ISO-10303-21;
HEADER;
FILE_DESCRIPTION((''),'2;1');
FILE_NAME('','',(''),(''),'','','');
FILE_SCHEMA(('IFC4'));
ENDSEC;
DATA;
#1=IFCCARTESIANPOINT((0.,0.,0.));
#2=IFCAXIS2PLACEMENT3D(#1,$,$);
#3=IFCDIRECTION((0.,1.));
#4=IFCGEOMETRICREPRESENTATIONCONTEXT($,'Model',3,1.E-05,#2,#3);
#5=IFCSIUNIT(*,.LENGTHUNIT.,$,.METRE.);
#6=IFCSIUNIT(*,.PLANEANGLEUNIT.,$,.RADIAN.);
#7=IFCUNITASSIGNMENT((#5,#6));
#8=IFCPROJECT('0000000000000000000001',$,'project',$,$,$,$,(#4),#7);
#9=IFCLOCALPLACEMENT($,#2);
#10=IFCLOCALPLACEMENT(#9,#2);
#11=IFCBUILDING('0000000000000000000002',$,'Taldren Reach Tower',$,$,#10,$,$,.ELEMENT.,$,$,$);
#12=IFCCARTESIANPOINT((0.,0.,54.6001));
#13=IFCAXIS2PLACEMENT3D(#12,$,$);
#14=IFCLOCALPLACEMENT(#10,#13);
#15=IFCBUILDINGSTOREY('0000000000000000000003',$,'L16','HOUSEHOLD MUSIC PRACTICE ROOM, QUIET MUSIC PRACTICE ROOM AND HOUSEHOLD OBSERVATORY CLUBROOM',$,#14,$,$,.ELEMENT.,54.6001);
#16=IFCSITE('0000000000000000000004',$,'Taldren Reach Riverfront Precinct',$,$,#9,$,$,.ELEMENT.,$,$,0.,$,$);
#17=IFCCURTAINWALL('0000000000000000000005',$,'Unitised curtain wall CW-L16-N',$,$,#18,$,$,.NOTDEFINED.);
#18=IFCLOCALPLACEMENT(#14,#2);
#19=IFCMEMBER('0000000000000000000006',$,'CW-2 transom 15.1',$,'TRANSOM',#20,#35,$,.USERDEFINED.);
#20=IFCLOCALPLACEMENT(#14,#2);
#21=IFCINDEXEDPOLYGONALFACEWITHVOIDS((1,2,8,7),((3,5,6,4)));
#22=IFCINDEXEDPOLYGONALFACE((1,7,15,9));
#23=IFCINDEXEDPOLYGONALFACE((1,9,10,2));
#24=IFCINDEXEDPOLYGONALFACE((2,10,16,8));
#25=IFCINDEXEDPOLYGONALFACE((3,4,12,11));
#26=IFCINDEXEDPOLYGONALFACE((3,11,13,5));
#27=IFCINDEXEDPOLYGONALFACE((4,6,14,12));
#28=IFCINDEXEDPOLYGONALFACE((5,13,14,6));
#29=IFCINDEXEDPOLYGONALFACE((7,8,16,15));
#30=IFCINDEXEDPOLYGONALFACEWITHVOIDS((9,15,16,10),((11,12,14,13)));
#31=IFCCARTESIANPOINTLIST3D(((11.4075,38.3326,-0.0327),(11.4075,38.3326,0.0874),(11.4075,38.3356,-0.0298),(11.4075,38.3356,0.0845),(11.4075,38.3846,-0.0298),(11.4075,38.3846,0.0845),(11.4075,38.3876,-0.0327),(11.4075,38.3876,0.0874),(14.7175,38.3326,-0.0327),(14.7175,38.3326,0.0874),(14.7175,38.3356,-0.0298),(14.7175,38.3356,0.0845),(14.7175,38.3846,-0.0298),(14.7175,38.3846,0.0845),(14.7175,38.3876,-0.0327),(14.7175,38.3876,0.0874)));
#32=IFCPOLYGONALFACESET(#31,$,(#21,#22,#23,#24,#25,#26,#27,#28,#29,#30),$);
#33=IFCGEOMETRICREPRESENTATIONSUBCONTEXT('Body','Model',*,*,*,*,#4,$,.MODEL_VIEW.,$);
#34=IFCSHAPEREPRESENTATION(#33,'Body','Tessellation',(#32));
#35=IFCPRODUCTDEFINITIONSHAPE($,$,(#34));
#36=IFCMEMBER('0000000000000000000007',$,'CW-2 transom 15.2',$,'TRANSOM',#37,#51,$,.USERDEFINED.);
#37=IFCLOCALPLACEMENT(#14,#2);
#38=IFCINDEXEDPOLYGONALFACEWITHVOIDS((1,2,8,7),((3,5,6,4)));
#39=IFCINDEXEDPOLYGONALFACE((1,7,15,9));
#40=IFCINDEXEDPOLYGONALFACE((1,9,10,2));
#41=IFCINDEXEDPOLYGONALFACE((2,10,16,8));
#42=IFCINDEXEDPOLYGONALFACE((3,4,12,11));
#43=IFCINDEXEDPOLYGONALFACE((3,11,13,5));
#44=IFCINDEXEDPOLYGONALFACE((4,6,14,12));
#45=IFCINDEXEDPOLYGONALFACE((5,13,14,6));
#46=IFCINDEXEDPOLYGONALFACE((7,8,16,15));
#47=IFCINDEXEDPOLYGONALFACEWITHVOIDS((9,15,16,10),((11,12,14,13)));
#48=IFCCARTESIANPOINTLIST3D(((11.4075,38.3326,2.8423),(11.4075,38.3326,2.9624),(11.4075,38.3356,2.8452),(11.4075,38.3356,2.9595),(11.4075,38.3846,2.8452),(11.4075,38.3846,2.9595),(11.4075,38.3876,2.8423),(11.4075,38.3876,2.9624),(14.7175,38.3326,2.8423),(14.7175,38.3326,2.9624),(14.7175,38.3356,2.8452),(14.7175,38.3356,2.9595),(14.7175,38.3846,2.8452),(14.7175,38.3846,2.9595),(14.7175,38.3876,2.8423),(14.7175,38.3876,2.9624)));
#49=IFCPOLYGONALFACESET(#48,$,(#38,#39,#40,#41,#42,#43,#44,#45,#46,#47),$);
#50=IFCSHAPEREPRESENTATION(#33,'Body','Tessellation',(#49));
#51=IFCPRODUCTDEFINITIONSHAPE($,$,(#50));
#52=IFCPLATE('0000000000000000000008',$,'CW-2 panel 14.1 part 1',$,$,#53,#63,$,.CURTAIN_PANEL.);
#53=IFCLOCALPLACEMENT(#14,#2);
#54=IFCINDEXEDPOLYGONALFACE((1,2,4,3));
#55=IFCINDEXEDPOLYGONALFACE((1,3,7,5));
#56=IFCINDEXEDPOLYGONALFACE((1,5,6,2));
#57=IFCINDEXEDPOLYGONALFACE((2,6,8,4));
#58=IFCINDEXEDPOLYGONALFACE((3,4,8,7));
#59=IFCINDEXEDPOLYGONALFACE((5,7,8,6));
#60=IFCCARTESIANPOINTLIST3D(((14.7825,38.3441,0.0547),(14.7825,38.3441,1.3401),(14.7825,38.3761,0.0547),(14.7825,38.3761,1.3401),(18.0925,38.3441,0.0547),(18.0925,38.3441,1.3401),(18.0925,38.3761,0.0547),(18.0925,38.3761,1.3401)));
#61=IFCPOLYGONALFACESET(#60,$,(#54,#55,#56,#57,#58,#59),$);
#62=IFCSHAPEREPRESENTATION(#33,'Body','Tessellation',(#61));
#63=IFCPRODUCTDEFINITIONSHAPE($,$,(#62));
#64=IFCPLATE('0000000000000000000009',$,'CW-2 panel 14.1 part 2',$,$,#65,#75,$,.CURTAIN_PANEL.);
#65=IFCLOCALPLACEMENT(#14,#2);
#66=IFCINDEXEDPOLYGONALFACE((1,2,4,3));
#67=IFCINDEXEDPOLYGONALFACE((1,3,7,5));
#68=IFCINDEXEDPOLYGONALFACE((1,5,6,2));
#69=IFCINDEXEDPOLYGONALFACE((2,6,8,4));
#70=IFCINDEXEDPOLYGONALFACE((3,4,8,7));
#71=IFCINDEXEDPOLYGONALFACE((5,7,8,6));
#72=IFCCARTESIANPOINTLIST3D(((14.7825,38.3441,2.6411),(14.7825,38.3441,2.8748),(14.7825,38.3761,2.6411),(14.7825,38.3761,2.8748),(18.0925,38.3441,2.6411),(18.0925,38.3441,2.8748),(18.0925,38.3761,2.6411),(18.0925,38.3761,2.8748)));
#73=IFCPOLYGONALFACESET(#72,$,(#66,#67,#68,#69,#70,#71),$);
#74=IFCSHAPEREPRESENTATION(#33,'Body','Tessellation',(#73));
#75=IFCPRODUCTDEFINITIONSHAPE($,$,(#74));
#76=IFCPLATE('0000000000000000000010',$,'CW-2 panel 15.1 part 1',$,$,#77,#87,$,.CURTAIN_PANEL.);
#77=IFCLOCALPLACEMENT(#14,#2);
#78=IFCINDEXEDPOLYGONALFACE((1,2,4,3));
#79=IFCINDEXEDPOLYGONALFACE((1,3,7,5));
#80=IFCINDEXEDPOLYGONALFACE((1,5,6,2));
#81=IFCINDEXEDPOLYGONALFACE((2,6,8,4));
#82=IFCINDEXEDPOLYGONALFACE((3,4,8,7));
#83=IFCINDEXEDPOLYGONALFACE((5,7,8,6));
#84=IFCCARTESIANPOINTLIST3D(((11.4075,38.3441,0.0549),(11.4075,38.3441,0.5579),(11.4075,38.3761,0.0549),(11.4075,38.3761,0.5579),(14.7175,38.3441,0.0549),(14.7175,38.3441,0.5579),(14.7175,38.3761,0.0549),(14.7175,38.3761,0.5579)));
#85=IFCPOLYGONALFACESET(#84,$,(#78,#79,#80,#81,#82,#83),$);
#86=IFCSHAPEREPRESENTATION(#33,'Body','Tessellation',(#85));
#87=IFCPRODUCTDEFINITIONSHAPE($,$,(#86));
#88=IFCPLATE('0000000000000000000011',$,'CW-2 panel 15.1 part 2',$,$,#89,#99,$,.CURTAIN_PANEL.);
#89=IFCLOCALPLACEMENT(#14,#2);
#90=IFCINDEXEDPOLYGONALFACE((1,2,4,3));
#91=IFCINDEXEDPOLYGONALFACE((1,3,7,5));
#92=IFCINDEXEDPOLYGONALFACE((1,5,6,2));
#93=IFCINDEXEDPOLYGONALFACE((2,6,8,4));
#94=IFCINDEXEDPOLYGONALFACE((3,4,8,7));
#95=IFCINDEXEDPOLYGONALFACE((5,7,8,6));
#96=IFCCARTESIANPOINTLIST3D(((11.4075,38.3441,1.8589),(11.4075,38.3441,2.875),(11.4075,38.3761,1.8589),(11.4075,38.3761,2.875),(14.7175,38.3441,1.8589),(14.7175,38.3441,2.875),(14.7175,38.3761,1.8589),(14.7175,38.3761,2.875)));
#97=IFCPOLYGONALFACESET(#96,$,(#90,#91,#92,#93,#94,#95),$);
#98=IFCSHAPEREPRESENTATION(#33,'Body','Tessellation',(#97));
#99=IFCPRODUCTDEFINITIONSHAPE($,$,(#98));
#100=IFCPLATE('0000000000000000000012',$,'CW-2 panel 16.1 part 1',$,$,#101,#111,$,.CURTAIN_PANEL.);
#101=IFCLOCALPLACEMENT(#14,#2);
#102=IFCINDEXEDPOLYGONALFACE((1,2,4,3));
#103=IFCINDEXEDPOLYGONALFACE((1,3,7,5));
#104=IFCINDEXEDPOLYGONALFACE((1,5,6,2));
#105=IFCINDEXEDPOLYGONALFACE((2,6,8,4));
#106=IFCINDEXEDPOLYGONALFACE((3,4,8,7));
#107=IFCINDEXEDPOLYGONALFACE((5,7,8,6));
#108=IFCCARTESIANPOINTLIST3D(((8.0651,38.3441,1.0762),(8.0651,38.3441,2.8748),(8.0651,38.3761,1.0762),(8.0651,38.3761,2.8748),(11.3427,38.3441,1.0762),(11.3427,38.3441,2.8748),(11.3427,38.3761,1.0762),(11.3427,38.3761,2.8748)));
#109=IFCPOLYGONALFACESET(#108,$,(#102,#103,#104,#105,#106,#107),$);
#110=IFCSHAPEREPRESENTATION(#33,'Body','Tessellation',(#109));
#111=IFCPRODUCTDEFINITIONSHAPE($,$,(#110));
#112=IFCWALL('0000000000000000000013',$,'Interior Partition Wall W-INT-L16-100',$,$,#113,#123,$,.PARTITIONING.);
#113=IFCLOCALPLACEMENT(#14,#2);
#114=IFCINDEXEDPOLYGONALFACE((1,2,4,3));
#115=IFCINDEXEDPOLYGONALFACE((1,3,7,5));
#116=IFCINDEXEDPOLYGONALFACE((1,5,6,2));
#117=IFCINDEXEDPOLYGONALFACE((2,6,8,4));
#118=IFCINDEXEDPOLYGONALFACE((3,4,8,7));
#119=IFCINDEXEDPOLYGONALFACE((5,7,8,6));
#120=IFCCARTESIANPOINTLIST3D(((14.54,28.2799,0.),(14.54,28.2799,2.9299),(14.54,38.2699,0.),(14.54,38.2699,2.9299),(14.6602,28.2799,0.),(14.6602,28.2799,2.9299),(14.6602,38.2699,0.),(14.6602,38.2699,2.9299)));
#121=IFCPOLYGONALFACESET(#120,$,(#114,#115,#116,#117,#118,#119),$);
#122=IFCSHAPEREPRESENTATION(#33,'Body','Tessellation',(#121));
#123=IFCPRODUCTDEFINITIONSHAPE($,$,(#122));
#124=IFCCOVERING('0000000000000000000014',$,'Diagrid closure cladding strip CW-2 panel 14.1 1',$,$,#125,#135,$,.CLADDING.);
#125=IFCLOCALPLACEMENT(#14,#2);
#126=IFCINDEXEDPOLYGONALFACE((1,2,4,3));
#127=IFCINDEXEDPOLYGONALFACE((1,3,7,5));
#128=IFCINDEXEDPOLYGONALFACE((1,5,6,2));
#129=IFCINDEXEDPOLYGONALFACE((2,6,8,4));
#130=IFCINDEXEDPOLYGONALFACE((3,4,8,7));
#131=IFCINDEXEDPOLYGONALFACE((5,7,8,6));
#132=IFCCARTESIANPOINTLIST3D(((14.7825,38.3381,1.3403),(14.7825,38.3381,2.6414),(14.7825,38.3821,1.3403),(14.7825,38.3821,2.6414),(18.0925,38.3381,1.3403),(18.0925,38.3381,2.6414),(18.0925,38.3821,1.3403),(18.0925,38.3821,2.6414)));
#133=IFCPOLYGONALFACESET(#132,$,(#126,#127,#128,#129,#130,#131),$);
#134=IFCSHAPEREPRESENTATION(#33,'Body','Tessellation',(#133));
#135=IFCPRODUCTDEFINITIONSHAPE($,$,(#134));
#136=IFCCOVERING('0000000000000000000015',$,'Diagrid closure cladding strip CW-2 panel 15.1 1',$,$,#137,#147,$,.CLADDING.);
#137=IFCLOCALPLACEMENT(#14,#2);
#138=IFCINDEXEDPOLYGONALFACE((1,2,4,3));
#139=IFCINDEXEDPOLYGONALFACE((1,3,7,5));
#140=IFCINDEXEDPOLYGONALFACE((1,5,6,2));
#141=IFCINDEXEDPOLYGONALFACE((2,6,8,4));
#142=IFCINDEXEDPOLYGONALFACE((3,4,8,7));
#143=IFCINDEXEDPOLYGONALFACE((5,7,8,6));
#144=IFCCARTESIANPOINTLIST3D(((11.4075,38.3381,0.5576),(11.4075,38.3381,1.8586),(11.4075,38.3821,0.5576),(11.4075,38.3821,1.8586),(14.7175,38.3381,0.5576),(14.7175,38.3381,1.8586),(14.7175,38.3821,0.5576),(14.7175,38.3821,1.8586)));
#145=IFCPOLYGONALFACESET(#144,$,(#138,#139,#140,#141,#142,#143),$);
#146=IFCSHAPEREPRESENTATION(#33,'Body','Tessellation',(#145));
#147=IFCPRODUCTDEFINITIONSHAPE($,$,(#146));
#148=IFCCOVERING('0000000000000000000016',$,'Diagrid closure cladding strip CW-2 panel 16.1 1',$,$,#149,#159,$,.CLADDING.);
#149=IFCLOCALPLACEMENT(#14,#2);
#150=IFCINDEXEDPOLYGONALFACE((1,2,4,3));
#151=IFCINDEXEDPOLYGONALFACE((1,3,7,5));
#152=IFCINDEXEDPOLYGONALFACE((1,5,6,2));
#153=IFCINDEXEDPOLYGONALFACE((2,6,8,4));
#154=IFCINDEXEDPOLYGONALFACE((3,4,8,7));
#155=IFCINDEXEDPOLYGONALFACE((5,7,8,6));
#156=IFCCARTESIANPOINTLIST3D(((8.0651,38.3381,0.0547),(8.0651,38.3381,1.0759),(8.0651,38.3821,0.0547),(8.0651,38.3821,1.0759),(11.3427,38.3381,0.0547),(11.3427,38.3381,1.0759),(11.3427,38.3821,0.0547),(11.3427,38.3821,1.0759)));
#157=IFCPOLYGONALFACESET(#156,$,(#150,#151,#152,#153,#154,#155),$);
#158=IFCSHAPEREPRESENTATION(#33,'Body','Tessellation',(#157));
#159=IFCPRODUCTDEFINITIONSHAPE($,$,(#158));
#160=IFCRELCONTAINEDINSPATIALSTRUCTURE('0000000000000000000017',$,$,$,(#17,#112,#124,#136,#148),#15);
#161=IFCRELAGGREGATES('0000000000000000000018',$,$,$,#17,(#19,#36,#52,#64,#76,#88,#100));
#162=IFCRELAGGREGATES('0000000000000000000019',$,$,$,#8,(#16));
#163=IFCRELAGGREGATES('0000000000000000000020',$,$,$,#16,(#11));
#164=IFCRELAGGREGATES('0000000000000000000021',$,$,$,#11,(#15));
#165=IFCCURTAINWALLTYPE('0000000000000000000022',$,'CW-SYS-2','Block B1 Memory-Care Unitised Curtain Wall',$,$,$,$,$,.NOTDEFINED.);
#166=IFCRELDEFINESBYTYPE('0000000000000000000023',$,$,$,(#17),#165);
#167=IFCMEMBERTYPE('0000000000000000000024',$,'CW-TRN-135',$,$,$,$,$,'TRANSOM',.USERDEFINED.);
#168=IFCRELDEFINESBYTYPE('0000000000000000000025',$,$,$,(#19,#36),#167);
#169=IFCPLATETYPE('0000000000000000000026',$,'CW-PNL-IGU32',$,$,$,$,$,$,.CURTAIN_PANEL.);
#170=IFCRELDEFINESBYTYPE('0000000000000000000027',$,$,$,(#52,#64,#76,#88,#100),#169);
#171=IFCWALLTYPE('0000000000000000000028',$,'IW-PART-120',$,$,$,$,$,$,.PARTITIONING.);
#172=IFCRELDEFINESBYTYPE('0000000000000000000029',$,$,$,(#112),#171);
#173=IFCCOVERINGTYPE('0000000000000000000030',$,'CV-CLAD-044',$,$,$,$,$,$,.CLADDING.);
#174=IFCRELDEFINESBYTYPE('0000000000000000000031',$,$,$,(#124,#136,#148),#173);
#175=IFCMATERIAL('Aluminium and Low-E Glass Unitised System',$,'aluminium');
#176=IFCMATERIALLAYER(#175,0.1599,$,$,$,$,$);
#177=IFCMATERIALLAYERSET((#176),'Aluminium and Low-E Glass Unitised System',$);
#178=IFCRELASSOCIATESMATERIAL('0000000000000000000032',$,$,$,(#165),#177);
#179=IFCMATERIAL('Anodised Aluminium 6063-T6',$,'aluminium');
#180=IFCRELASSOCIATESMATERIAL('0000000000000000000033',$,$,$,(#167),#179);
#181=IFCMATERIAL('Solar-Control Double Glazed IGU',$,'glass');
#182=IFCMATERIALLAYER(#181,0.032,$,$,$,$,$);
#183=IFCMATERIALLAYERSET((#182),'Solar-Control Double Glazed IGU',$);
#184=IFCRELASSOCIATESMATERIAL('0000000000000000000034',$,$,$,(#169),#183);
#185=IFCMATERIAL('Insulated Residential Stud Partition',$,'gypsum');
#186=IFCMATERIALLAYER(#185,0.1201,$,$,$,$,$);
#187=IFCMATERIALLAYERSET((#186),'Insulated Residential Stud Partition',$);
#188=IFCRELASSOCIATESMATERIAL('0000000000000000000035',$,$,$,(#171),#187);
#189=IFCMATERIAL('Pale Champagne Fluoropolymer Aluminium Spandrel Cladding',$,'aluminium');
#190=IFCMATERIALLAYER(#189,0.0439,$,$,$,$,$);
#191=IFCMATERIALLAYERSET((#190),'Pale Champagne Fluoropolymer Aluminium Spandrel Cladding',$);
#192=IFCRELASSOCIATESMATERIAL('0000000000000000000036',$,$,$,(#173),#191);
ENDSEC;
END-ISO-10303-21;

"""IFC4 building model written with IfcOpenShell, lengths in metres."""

from ifc_helpers import new_model, si_unit, direction, frame, frame_2d, origin, origin_2d, place, context, subcontext, project, spatial, rectangle, hollow_rectangle, extrude, source, transform, mapped, material, layer, layer_set, material_profile, profile_set, type_object, element, aggregate, save


model = new_model("IFC4")

# Units and contexts
model_context = context("Model", 3, precision=1e-05, world=origin(), true_north=direction((0.0, 1.0)))
body_context = subcontext(model_context, "Body", "Model", "MODEL_VIEW")
ifc_project = project(units=[si_unit("LENGTHUNIT", "METRE"), si_unit("PLANEANGLEUNIT", "RADIAN")], contexts=[model_context])

# Site, building, storey
site_placement = place(None, origin())
site = spatial("IfcSite", under=ifc_project, at=site_placement, Name="Taldren Reach Riverfront Precinct", CompositionType="ELEMENT", RefElevation=0.0)
building_placement = place(site_placement, origin())
building = spatial("IfcBuilding", under=site, at=building_placement, Name="Taldren Reach Tower", CompositionType="ELEMENT")
storey_placement = place(building_placement, frame((0.0, 0.0, 54.6001)))
storey = spatial("IfcBuildingStorey", under=building, at=storey_placement, Name="L16", Description="HOUSEHOLD MUSIC PRACTICE ROOM, QUIET MUSIC PRACTICE ROOM AND HOUSEHOLD OBSERVATORY CLUBROOM", CompositionType="ELEMENT", Elevation=54.6001)

# Curtain wall, members, plates
ifc_material_1 = material(Name="Aluminium and Low-E Glass Unitised System", Category="aluminium")
ifc_layer_1 = layer(ifc_material_1, 0.1599)
ifc_layer_set_1 = layer_set([ifc_layer_1], Name="Aluminium and Low-E Glass Unitised System")
curtain_wall_type = type_object("IfcCurtainWallType", Name="CW-SYS-2", Description="Block B1 Memory-Care Unitised Curtain Wall", PredefinedType="NOTDEFINED", material=ifc_layer_set_1)
curtain_wall_placement = place(storey_placement, origin())
curtain_wall = element("IfcCurtainWall", 1, at=curtain_wall_placement, inside=storey, type_object=curtain_wall_type, Name="Unitised curtain wall CW-L16-N", PredefinedType="NOTDEFINED")
ifc_material_2 = material(Name="Anodised Aluminium 6063-T6", Category="aluminium")
ifc_material_profile_1 = material_profile(ifc_material_2, hollow_rectangle(XDim=0.0549, YDim=0.1201, WallThickness=0.0029, at=origin_2d()), Name="ALU-120x55x3RHS")
ifc_profile_set_1 = profile_set([ifc_material_profile_1], Name="Anodised Aluminium 6063-T6")
member_type_1 = type_object("IfcMemberType", Name="CW-TRN-135", ElementType="TRANSOM", PredefinedType="USERDEFINED", material=ifc_profile_set_1)
shared_shape_1 = source(origin(), body_context, "Body", "SweptSolid", [
    extrude(hollow_rectangle(XDim=0.0549, YDim=0.1201, WallThickness=0.0029, at=origin_2d()), origin(), (0.0, 0.0, 1.0), 3.3101),
])
member_1_placement = place(storey_placement, frame((14.7175, 38.3601, 0.0273), z_axis=(-1.0, 0.0, 0.0), x_axis=(0.0, -1.0, 0.0)))
member_1 = element("IfcMember", 2, at=member_1_placement, type_object=member_type_1, Name="CW-2 transom 15.1", ObjectType="TRANSOM", PredefinedType="USERDEFINED", context=body_context, shape_type="MappedRepresentation", body=[
    mapped(shared_shape_1, transform((0.0, 0.0, 0.0), scale=1.0)),
])
member_2_placement = place(storey_placement, frame((14.7175, 38.3601, 2.9023), z_axis=(-1.0, 0.0, 0.0), x_axis=(0.0, -1.0, 0.0)))
member_2 = element("IfcMember", 3, at=member_2_placement, type_object=member_type_1, Name="CW-2 transom 15.2", ObjectType="TRANSOM", PredefinedType="USERDEFINED", context=body_context, shape_type="MappedRepresentation", body=[
    mapped(shared_shape_1, transform((0.0, 0.0, 0.0), scale=1.0)),
])
ifc_material_3 = material(Name="Solar-Control Double Glazed IGU", Category="glass")
ifc_layer_2 = layer(ifc_material_3, 0.032)
ifc_layer_set_2 = layer_set([ifc_layer_2], Name="Solar-Control Double Glazed IGU")
plate_type = type_object("IfcPlateType", Name="CW-PNL-IGU32", PredefinedType="CURTAIN_PANEL", material=ifc_layer_set_2)
shared_shape_2 = source(origin(), body_context, "Body", "SweptSolid", [
    extrude(rectangle(XDim=3.3101, YDim=0.032, at=origin_2d()), origin(), (0.0, 0.0, 1.0), 1.2854),
])
plate_1_placement = place(storey_placement, frame((16.4375, 38.3601, 0.0547), z_axis=(0.0, 0.0, 1.0), x_axis=(-1.0, 0.0, 0.0)))
plate_1 = element("IfcPlate", 4, at=plate_1_placement, type_object=plate_type, Name="CW-2 panel 14.1 part 1", PredefinedType="CURTAIN_PANEL", context=body_context, shape_type="MappedRepresentation", body=[
    mapped(shared_shape_2, transform((0.0, 0.0, 0.0), scale=1.0)),
])
shared_shape_3 = source(origin(), body_context, "Body", "SweptSolid", [
    extrude(rectangle(XDim=3.3101, YDim=0.032, at=origin_2d()), origin(), (0.0, 0.0, 1.0), 0.2336),
])
plate_2_placement = place(storey_placement, frame((16.4375, 38.3601, 2.6411), z_axis=(0.0, 0.0, 1.0), x_axis=(-1.0, 0.0, 0.0)))
plate_2 = element("IfcPlate", 5, at=plate_2_placement, type_object=plate_type, Name="CW-2 panel 14.1 part 2", PredefinedType="CURTAIN_PANEL", context=body_context, shape_type="MappedRepresentation", body=[
    mapped(shared_shape_3, transform((0.0, 0.0, 0.0), scale=1.0)),
])
shared_shape_4 = source(origin(), body_context, "Body", "SweptSolid", [
    extrude(rectangle(XDim=3.3101, YDim=0.032, at=origin_2d()), origin(), (0.0, 0.0, 1.0), 0.5029),
])
plate_3_placement = place(storey_placement, frame((13.0625, 38.3601, 0.0549), z_axis=(0.0, 0.0, 1.0), x_axis=(-1.0, 0.0, 0.0)))
plate_3 = element("IfcPlate", 6, at=plate_3_placement, type_object=plate_type, Name="CW-2 panel 15.1 part 1", PredefinedType="CURTAIN_PANEL", context=body_context, shape_type="MappedRepresentation", body=[
    mapped(shared_shape_4, transform((0.0, 0.0, 0.0), scale=1.0)),
])
shared_shape_5 = source(origin(), body_context, "Body", "SweptSolid", [
    extrude(rectangle(XDim=3.3101, YDim=0.032, at=origin_2d()), origin(), (0.0, 0.0, 1.0), 1.0161),
])
plate_4_placement = place(storey_placement, frame((13.0625, 38.3601, 1.8589), z_axis=(0.0, 0.0, 1.0), x_axis=(-1.0, 0.0, 0.0)))
plate_4 = element("IfcPlate", 7, at=plate_4_placement, type_object=plate_type, Name="CW-2 panel 15.1 part 2", PredefinedType="CURTAIN_PANEL", context=body_context, shape_type="MappedRepresentation", body=[
    mapped(shared_shape_5, transform((0.0, 0.0, 0.0), scale=1.0)),
])
shared_shape_6 = source(origin(), body_context, "Body", "SweptSolid", [
    extrude(rectangle(XDim=3.2776, YDim=0.032, at=origin_2d()), origin(), (0.0, 0.0, 1.0), 1.7986),
])
plate_5_placement = place(storey_placement, frame((9.7039, 38.3601, 1.0762), z_axis=(0.0, 0.0, 1.0), x_axis=(-1.0, 0.0, 0.0)))
plate_5 = element("IfcPlate", 8, at=plate_5_placement, type_object=plate_type, Name="CW-2 panel 16.1 part 1", PredefinedType="CURTAIN_PANEL", context=body_context, shape_type="MappedRepresentation", body=[
    mapped(shared_shape_6, transform((0.0, 0.0, 0.0), scale=1.0)),
])
aggregate(curtain_wall, [member_1, member_2, plate_1, plate_2, plate_3, plate_4, plate_5])

# Wall
ifc_material_4 = material(Name="Insulated Residential Stud Partition", Category="gypsum")
ifc_layer_3 = layer(ifc_material_4, 0.1201)
ifc_layer_set_3 = layer_set([ifc_layer_3], Name="Insulated Residential Stud Partition")
wall_type = type_object("IfcWallType", Name="IW-PART-120", PredefinedType="PARTITIONING", material=ifc_layer_set_3)
shared_shape_7 = source(origin(), body_context, "Body", "SweptSolid", [
    extrude(rectangle(XDim=9.99, YDim=0.1201, at=frame_2d((4.9951, 0.0))), origin(), (0.0, 0.0, 1.0), 2.9299),
])
wall_placement = place(storey_placement, frame((14.6001, 38.27, 0.0), z_axis=(0.0, 0.0, 1.0), x_axis=(0.0, -1.0, 0.0)))
element("IfcWall", 9, at=wall_placement, inside=storey, type_object=wall_type, Name="Interior Partition Wall W-INT-L16-100", PredefinedType="PARTITIONING", context=body_context, shape_type="MappedRepresentation", body=[
    mapped(shared_shape_7, transform((0.0, 0.0, 0.0), scale=1.0)),
])

# Coverings
ifc_material_5 = material(Name="Pale Champagne Fluoropolymer Aluminium Spandrel Cladding", Category="aluminium")
ifc_layer_4 = layer(ifc_material_5, 0.0439)
ifc_layer_set_4 = layer_set([ifc_layer_4], Name="Pale Champagne Fluoropolymer Aluminium Spandrel Cladding")
covering_type = type_object("IfcCoveringType", Name="CV-CLAD-044", PredefinedType="CLADDING", material=ifc_layer_set_4)
shared_shape_8 = source(origin(), body_context, "Body", "SweptSolid", [
    extrude(rectangle(XDim=3.3101, YDim=0.0439, at=origin_2d()), origin(), (0.0, 0.0, 1.0), 1.301),
])
for number, where, z_axis, x_axis, name in (
    (10, (16.4375, 38.3601, 1.3403), (0.0, 0.0, 1.0), (-1.0, 0.0, 0.0), "Diagrid closure cladding strip CW-2 panel 14.1 1"),
    (11, (13.0625, 38.3601, 0.5576), (0.0, 0.0, 1.0), (-1.0, 0.0, 0.0), "Diagrid closure cladding strip CW-2 panel 15.1 1"),
):
    element("IfcCovering", number, at=place(storey_placement, frame(where, z_axis=z_axis, x_axis=x_axis)), inside=storey, type_object=covering_type, Name=name, PredefinedType="CLADDING", context=body_context, shape_type="MappedRepresentation", body=[
        mapped(shared_shape_8, transform((0.0, 0.0, 0.0), scale=1.0)),
    ])
shared_shape_9 = source(origin(), body_context, "Body", "SweptSolid", [
    extrude(rectangle(XDim=3.2776, YDim=0.0439, at=origin_2d()), origin(), (0.0, 0.0, 1.0), 1.0212),
])
covering_placement = place(storey_placement, frame((9.7039, 38.3601, 0.0547), z_axis=(0.0, 0.0, 1.0), x_axis=(-1.0, 0.0, 0.0)))
element("IfcCovering", 12, at=covering_placement, inside=storey, type_object=covering_type, Name="Diagrid closure cladding strip CW-2 panel 16.1 1", PredefinedType="CLADDING", context=body_context, shape_type="MappedRepresentation", body=[
    mapped(shared_shape_9, transform((0.0, 0.0, 0.0), scale=1.0)),
])

save(model, "model.ifc")
